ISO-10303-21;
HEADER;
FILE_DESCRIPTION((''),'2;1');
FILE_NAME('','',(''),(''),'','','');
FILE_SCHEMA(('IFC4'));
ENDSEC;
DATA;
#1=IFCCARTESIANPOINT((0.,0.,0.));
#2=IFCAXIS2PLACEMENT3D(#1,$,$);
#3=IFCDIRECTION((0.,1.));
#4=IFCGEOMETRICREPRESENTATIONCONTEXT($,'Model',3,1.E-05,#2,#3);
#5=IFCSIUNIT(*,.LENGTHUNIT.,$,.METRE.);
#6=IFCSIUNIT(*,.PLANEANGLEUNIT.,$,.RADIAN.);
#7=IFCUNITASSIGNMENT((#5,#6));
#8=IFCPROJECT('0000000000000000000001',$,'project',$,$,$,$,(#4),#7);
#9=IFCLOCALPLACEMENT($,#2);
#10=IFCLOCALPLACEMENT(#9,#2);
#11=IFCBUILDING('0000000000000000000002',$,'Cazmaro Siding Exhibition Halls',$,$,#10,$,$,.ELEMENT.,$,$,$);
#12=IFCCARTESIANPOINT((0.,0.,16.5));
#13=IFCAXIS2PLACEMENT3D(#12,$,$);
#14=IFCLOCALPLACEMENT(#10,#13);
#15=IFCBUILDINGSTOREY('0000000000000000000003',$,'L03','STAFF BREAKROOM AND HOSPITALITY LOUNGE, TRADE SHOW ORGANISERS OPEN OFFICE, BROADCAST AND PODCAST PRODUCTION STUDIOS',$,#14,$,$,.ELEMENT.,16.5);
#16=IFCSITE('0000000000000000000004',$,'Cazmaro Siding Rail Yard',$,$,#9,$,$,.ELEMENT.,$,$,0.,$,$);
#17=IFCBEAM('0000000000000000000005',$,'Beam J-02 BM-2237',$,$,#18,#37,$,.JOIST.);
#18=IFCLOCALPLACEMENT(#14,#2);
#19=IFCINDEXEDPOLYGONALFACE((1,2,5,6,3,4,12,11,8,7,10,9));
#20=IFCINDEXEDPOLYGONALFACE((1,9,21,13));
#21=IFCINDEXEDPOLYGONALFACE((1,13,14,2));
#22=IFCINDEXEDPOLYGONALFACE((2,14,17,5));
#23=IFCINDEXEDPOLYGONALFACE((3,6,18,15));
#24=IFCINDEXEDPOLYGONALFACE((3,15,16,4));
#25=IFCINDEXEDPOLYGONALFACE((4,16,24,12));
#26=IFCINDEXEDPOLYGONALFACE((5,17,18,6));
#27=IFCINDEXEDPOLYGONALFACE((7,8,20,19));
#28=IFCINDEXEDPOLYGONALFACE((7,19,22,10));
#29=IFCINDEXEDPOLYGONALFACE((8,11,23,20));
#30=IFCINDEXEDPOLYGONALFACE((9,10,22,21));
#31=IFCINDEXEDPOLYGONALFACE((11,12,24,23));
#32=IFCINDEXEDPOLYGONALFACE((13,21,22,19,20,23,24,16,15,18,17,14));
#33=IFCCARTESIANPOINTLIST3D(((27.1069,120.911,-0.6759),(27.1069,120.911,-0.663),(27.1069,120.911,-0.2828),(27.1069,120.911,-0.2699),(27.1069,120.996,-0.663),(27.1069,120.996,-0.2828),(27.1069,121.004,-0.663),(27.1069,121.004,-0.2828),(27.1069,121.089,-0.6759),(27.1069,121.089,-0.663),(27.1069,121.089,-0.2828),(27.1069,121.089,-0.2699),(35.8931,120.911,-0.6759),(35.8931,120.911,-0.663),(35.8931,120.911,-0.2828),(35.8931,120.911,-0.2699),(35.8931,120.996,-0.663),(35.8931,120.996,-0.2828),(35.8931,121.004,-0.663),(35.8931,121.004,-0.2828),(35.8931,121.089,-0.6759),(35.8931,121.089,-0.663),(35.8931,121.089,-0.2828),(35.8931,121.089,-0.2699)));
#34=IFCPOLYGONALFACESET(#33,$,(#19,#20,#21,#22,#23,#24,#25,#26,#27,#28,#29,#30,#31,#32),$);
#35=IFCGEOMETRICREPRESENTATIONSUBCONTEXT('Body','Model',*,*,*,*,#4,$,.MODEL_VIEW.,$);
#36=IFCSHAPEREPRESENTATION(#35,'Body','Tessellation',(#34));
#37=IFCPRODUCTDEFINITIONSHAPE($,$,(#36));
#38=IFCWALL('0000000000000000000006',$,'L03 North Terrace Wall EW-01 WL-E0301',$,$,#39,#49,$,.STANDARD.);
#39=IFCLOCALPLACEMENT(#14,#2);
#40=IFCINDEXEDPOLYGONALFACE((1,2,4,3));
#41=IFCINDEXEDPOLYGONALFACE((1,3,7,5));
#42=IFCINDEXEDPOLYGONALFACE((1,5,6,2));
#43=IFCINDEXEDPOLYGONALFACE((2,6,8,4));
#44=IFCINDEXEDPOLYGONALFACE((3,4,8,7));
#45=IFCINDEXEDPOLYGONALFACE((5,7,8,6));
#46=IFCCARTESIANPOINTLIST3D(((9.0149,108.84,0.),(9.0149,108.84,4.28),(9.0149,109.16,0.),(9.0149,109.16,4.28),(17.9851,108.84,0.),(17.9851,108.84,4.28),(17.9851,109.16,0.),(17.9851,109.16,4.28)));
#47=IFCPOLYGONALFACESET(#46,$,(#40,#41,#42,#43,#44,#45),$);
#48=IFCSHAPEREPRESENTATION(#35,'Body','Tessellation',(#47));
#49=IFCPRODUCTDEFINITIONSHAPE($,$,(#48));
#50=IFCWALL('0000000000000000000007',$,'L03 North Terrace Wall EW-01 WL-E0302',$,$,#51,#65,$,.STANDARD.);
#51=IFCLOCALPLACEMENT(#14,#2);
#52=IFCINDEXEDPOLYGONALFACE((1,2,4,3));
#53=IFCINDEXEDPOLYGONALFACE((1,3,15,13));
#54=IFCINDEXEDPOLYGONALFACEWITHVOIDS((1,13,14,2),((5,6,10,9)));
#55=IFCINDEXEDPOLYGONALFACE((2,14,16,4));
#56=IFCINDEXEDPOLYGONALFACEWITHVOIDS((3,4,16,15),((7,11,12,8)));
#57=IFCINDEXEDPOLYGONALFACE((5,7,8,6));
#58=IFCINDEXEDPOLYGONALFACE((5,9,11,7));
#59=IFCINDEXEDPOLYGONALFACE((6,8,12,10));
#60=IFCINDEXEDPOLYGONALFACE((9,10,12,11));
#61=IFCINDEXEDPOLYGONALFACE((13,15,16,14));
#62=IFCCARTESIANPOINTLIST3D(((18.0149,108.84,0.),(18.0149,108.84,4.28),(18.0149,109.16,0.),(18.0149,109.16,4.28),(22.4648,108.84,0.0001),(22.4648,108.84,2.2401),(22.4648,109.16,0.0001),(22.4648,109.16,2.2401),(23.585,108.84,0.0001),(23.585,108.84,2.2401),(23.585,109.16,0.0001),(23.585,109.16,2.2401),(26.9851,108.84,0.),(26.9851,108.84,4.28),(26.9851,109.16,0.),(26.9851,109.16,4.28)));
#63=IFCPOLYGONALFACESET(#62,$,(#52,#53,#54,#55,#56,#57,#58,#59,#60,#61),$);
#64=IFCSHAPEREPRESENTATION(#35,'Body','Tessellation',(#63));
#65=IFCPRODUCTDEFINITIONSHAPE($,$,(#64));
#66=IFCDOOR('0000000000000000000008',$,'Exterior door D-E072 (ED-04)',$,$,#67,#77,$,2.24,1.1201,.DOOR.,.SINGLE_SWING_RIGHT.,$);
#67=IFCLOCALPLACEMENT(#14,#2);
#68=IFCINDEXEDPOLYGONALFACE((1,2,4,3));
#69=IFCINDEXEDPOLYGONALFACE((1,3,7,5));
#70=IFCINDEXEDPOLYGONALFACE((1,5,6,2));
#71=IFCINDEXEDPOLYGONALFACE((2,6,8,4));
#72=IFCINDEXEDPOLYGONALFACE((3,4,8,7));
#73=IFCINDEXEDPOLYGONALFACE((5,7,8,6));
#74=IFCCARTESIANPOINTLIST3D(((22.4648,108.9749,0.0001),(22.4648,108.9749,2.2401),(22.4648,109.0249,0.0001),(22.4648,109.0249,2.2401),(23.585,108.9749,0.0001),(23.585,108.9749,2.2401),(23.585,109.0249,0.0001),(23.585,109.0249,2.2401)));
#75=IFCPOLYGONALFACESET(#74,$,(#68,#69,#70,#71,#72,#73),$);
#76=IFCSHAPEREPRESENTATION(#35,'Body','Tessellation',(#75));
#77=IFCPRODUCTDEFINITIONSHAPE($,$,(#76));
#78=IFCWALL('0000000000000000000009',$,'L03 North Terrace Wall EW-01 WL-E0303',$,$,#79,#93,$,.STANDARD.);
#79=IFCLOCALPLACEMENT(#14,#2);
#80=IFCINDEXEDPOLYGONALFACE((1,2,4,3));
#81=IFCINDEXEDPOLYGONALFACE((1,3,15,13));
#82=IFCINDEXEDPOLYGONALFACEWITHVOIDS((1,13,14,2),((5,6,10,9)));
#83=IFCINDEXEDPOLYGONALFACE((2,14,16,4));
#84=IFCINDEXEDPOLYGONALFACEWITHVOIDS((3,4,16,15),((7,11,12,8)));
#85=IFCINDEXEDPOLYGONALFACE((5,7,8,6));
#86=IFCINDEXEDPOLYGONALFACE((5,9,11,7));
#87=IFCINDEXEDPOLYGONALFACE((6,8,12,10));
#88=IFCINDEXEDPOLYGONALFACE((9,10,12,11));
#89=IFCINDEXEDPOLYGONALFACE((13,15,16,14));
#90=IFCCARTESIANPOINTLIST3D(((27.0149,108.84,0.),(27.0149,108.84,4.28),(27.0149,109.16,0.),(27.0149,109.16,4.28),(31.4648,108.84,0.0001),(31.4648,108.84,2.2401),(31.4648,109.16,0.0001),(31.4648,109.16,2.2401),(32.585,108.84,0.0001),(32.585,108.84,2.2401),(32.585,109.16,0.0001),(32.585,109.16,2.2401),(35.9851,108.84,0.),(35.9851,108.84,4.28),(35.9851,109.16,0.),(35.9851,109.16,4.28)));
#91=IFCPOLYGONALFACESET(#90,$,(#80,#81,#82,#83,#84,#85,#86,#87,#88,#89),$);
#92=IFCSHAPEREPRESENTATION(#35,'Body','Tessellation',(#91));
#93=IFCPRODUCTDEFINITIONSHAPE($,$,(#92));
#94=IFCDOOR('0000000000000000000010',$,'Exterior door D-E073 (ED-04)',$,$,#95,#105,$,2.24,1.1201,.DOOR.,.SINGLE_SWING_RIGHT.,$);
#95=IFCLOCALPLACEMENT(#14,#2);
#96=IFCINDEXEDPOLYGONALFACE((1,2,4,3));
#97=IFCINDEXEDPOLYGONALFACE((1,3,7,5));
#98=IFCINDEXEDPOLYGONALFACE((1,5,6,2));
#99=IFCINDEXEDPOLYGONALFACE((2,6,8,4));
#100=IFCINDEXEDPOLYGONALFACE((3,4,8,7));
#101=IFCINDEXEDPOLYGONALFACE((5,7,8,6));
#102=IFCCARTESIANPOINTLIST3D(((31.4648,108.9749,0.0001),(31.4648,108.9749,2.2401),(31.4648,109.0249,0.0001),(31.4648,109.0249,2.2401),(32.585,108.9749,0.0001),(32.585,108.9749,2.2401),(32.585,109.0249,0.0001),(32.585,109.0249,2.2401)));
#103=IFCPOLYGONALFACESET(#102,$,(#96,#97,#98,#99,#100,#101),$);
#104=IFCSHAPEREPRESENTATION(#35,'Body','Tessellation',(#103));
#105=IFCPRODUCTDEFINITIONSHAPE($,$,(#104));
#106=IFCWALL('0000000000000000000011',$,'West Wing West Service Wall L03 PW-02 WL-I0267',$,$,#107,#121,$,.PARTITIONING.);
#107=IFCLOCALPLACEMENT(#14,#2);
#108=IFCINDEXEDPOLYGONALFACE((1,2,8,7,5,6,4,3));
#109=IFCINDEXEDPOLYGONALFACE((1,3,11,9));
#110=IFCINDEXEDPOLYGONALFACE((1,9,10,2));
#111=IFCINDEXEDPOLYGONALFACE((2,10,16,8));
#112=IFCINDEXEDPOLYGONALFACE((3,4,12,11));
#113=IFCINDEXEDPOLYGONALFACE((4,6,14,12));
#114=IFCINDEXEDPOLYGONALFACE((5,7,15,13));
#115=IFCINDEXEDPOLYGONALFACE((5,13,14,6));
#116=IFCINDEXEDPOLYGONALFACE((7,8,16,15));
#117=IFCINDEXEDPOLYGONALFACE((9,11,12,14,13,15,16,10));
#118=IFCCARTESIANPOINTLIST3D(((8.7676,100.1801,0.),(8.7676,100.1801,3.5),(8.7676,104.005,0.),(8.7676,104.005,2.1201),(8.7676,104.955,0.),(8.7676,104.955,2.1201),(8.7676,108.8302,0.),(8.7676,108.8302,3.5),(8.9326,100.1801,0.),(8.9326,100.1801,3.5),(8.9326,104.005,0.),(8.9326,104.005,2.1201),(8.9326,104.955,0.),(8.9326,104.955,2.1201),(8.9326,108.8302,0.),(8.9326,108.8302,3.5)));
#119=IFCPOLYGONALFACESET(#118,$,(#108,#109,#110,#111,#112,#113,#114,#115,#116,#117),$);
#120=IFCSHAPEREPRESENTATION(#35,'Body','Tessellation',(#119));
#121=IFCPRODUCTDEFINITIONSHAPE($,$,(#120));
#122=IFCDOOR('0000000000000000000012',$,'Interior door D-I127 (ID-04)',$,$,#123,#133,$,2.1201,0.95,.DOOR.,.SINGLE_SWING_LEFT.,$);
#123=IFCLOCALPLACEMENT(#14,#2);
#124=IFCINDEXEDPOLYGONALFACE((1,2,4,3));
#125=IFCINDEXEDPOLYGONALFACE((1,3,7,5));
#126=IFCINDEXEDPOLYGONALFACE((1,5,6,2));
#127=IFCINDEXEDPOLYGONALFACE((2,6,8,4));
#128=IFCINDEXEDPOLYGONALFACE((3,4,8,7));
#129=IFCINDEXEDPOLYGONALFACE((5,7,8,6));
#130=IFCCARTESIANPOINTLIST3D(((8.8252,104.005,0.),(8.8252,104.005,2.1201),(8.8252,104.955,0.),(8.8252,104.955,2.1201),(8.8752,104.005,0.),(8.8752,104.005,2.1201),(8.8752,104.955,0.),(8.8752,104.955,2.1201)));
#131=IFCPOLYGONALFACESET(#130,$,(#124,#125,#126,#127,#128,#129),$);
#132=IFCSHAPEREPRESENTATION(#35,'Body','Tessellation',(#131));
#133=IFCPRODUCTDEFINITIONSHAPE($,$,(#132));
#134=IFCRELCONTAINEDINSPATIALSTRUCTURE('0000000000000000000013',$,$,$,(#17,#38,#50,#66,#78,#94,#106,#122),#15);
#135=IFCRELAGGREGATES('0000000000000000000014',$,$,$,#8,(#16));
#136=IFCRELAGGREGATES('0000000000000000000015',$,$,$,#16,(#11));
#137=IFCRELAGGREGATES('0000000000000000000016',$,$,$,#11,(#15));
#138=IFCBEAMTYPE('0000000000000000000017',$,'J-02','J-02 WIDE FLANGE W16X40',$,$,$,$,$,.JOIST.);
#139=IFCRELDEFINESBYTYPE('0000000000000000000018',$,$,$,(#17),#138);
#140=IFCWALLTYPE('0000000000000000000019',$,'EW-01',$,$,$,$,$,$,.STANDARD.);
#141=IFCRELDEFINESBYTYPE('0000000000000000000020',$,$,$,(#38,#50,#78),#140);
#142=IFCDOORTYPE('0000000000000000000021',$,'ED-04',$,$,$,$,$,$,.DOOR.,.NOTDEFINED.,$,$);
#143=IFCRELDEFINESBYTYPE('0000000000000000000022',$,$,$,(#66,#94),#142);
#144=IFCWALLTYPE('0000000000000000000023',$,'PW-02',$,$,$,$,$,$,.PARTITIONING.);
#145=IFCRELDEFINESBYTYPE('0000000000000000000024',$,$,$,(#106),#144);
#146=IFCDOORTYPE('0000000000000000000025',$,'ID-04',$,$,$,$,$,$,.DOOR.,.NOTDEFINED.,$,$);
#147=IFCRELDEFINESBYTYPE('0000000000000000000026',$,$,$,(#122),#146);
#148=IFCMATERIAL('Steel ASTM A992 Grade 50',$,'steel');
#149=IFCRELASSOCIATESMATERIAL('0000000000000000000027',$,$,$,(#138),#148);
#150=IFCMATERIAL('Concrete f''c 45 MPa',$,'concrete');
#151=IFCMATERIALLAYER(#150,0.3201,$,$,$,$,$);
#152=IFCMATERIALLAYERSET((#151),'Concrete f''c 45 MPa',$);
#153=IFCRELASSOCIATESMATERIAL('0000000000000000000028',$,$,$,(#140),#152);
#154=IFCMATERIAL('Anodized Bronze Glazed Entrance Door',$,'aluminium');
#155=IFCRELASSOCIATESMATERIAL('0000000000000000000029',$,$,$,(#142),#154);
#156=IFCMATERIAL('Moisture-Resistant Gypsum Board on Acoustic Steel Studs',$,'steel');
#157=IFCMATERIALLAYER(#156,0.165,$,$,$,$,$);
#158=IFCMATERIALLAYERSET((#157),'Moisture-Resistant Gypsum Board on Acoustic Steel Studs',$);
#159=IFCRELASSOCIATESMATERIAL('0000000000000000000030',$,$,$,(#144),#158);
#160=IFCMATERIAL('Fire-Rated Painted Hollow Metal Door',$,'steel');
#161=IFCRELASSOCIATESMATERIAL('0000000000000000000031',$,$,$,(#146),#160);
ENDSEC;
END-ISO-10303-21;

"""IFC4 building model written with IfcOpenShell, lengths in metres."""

from ifc_helpers import new_model, si_unit, direction, frame, frame_2d, origin, origin_2d, place, context, subcontext, project, spatial, rectangle, i_section, extrude, material, layer, layer_set, material_profile, profile_set, type_object, element, fill, save


model = new_model("IFC4")

# Units and contexts
model_context = context("Model", 3, precision=1e-05, world=origin(), true_north=direction((0.0, 1.0)))
body_context = subcontext(model_context, "Body", "Model", "MODEL_VIEW")
ifc_project = project(units=[si_unit("LENGTHUNIT", "METRE"), si_unit("PLANEANGLEUNIT", "RADIAN")], contexts=[model_context])

# Site, building, storey
site_placement = place(None, origin())
site = spatial("IfcSite", under=ifc_project, at=site_placement, Name="Cazmaro Siding Rail Yard", CompositionType="ELEMENT", RefElevation=0.0)
building_placement = place(site_placement, origin())
building = spatial("IfcBuilding", under=site, at=building_placement, Name="Cazmaro Siding Exhibition Halls", CompositionType="ELEMENT")
storey_placement = place(building_placement, frame((0.0, 0.0, 16.5)))
storey = spatial("IfcBuildingStorey", under=building, at=storey_placement, Name="L03", Description="STAFF BREAKROOM AND HOSPITALITY LOUNGE, TRADE SHOW ORGANISERS OPEN OFFICE, BROADCAST AND PODCAST PRODUCTION STUDIOS", CompositionType="ELEMENT", Elevation=16.5)

# Beam
ifc_material_1 = material(Name="Steel ASTM A992 Grade 50", Category="steel")
ifc_material_profile_1 = material_profile(ifc_material_1, i_section(OverallWidth=0.178, OverallDepth=0.406, WebThickness=0.0081, FlangeThickness=0.0129, at=origin_2d()), Name="W16X40")
ifc_profile_set_1 = profile_set([ifc_material_profile_1], Name="Steel ASTM A992 Grade 50")
beam_type_1 = type_object("IfcBeamType", Name="J-02", Description="J-02 WIDE FLANGE W16X40", PredefinedType="JOIST", material=ifc_profile_set_1)
for number, where, z_axis, x_axis, name in (
    (1, (27.1069, 121.0, -0.4729), (1.0, 0.0, 0.0), (0.0, 1.0, 0.0), "Beam J-02 BM-2237"),
):
    element("IfcBeam", number, at=place(storey_placement, frame(where, z_axis=z_axis, x_axis=x_axis)), inside=storey, type_object=beam_type_1, Name=name, PredefinedType="JOIST", context=body_context, shape_type="SweptSolid", body=[
        extrude(i_section(OverallWidth=0.178, OverallDepth=0.406, WebThickness=0.0081, FlangeThickness=0.0129, at=origin_2d()), origin(), (0.0, 0.0, 1.0), 8.7861),
    ])

# Wall
ifc_material_2 = material(Name="Concrete f'c 45 MPa", Category="concrete")
ifc_layer_1 = layer(ifc_material_2, 0.3201)
ifc_layer_set_1 = layer_set([ifc_layer_1], Name="Concrete f'c 45 MPa")
wall_type_1 = type_object("IfcWallType", Name="EW-01", PredefinedType="STANDARD", material=ifc_layer_set_1)
wall_1_placement = place(storey_placement, frame((9.0149, 109.0, 0.0), z_axis=(0.0, 0.0, 1.0), x_axis=(1.0, 0.0, 0.0)))
element("IfcWall", 2, at=wall_1_placement, inside=storey, type_object=wall_type_1, Name="L03 North Terrace Wall EW-01 WL-E0301", PredefinedType="STANDARD", context=body_context, shape_type="SweptSolid", body=[
    extrude(rectangle(XDim=8.9702, YDim=0.3201, at=frame_2d((4.4851, 0.0))), origin(), (0.0, 0.0, 1.0), 4.28),
])

# Walls, openings, doors
wall_2_placement = place(storey_placement, frame((18.0149, 109.0, 0.0), z_axis=(0.0, 0.0, 1.0), x_axis=(1.0, 0.0, 0.0)))
wall_2 = element("IfcWall", 3, at=wall_2_placement, inside=storey, type_object=wall_type_1, Name="L03 North Terrace Wall EW-01 WL-E0302", PredefinedType="STANDARD", context=body_context, shape_type="SweptSolid", body=[
    extrude(rectangle(XDim=8.9702, YDim=0.3201, at=frame_2d((4.4851, 0.0))), origin(), (0.0, 0.0, 1.0), 4.28),
])
opening_1_placement = place(wall_2_placement, frame((4.45, 0.0, 0.0)))
opening_1 = element("IfcOpeningElement", 4, at=opening_1_placement, cuts=wall_2, PredefinedType="OPENING", context=body_context, shape_type="SweptSolid", body=[
    extrude(rectangle(XDim=1.1201, YDim=2.24, at=frame_2d((0.5601, 1.1201))), frame((0.0, 0.1699, 0.0), z_axis=(0.0, -1.0, 0.0), x_axis=(1.0, 0.0, 0.0)), (0.0, 0.0, 1.0), 0.3401),
])
ifc_material_3 = material(Name="Anodized Bronze Glazed Entrance Door", Category="aluminium")
door_type_1 = type_object("IfcDoorType", Name="ED-04", OperationType="NOTDEFINED", PredefinedType="DOOR", material=ifc_material_3)
door_1_placement = place(opening_1_placement, origin())
door_1 = element("IfcDoor", 5, at=door_1_placement, inside=storey, type_object=door_type_1, Name="Exterior door D-E072 (ED-04)", OperationType="SINGLE_SWING_RIGHT", OverallHeight=2.24, OverallWidth=1.1201, PredefinedType="DOOR", context=body_context, shape_type="SweptSolid", body=[
    extrude(rectangle(XDim=1.1201, YDim=2.24, at=frame_2d((0.5601, 1.1201))), frame((0.0, 0.0249, 0.0), z_axis=(0.0, -1.0, 0.0), x_axis=(1.0, 0.0, 0.0)), (0.0, 0.0, 1.0), 0.05),
])
fill(opening_1, door_1)
wall_3_placement = place(storey_placement, frame((27.0149, 109.0, 0.0), z_axis=(0.0, 0.0, 1.0), x_axis=(1.0, 0.0, 0.0)))
wall_3 = element("IfcWall", 6, at=wall_3_placement, inside=storey, type_object=wall_type_1, Name="L03 North Terrace Wall EW-01 WL-E0303", PredefinedType="STANDARD", context=body_context, shape_type="SweptSolid", body=[
    extrude(rectangle(XDim=8.9702, YDim=0.3201, at=frame_2d((4.4851, 0.0))), origin(), (0.0, 0.0, 1.0), 4.28),
])
opening_2_placement = place(wall_3_placement, frame((4.45, 0.0, 0.0)))
opening_2 = element("IfcOpeningElement", 7, at=opening_2_placement, cuts=wall_3, PredefinedType="OPENING", context=body_context, shape_type="SweptSolid", body=[
    extrude(rectangle(XDim=1.1201, YDim=2.24, at=frame_2d((0.5601, 1.1201))), frame((0.0, 0.1699, 0.0), z_axis=(0.0, -1.0, 0.0), x_axis=(1.0, 0.0, 0.0)), (0.0, 0.0, 1.0), 0.3401),
])
door_2_placement = place(opening_2_placement, origin())
door_2 = element("IfcDoor", 8, at=door_2_placement, inside=storey, type_object=door_type_1, Name="Exterior door D-E073 (ED-04)", OperationType="SINGLE_SWING_RIGHT", OverallHeight=2.24, OverallWidth=1.1201, PredefinedType="DOOR", context=body_context, shape_type="SweptSolid", body=[
    extrude(rectangle(XDim=1.1201, YDim=2.24, at=frame_2d((0.5601, 1.1201))), frame((0.0, 0.0249, 0.0), z_axis=(0.0, -1.0, 0.0), x_axis=(1.0, 0.0, 0.0)), (0.0, 0.0, 1.0), 0.05),
])
fill(opening_2, door_2)
ifc_material_4 = material(Name="Moisture-Resistant Gypsum Board on Acoustic Steel Studs", Category="steel")
ifc_layer_2 = layer(ifc_material_4, 0.165)
ifc_layer_set_2 = layer_set([ifc_layer_2], Name="Moisture-Resistant Gypsum Board on Acoustic Steel Studs")
wall_type_2 = type_object("IfcWallType", Name="PW-02", PredefinedType="PARTITIONING", material=ifc_layer_set_2)
wall_4_placement = place(storey_placement, frame((8.8501, 100.1799, 0.0), z_axis=(0.0, 0.0, 1.0), x_axis=(0.0, 1.0, 0.0)))
wall_4 = element("IfcWall", 9, at=wall_4_placement, inside=storey, type_object=wall_type_2, Name="West Wing West Service Wall L03 PW-02 WL-I0267", PredefinedType="PARTITIONING", context=body_context, shape_type="SweptSolid", body=[
    extrude(rectangle(XDim=8.6501, YDim=0.165, at=frame_2d((4.3252, 0.0))), origin(), (0.0, 0.0, 1.0), 3.5),
])
opening_3_placement = place(wall_4_placement, frame((3.825, 0.0, 0.0)))
opening_3 = element("IfcOpeningElement", 10, at=opening_3_placement, cuts=wall_4, PredefinedType="OPENING", context=body_context, shape_type="SweptSolid", body=[
    extrude(rectangle(XDim=0.95, YDim=2.1201, at=frame_2d((0.4751, 1.0601))), frame((0.0, 0.0925, 0.0), z_axis=(0.0, -1.0, 0.0), x_axis=(1.0, 0.0, 0.0)), (0.0, 0.0, 1.0), 0.1851),
])
ifc_material_5 = material(Name="Fire-Rated Painted Hollow Metal Door", Category="steel")
door_type_2 = type_object("IfcDoorType", Name="ID-04", OperationType="NOTDEFINED", PredefinedType="DOOR", material=ifc_material_5)
door_3_placement = place(opening_3_placement, origin())
door_3 = element("IfcDoor", 11, at=door_3_placement, inside=storey, type_object=door_type_2, Name="Interior door D-I127 (ID-04)", OperationType="SINGLE_SWING_LEFT", OverallHeight=2.1201, OverallWidth=0.95, PredefinedType="DOOR", context=body_context, shape_type="SweptSolid", body=[
    extrude(rectangle(XDim=0.95, YDim=2.1201, at=frame_2d((0.4751, 1.0601))), frame((0.0, 0.0249, 0.0), z_axis=(0.0, -1.0, 0.0), x_axis=(1.0, 0.0, 0.0)), (0.0, 0.0, 1.0), 0.05),
])
fill(opening_3, door_3)

save(model, "model.ifc")
